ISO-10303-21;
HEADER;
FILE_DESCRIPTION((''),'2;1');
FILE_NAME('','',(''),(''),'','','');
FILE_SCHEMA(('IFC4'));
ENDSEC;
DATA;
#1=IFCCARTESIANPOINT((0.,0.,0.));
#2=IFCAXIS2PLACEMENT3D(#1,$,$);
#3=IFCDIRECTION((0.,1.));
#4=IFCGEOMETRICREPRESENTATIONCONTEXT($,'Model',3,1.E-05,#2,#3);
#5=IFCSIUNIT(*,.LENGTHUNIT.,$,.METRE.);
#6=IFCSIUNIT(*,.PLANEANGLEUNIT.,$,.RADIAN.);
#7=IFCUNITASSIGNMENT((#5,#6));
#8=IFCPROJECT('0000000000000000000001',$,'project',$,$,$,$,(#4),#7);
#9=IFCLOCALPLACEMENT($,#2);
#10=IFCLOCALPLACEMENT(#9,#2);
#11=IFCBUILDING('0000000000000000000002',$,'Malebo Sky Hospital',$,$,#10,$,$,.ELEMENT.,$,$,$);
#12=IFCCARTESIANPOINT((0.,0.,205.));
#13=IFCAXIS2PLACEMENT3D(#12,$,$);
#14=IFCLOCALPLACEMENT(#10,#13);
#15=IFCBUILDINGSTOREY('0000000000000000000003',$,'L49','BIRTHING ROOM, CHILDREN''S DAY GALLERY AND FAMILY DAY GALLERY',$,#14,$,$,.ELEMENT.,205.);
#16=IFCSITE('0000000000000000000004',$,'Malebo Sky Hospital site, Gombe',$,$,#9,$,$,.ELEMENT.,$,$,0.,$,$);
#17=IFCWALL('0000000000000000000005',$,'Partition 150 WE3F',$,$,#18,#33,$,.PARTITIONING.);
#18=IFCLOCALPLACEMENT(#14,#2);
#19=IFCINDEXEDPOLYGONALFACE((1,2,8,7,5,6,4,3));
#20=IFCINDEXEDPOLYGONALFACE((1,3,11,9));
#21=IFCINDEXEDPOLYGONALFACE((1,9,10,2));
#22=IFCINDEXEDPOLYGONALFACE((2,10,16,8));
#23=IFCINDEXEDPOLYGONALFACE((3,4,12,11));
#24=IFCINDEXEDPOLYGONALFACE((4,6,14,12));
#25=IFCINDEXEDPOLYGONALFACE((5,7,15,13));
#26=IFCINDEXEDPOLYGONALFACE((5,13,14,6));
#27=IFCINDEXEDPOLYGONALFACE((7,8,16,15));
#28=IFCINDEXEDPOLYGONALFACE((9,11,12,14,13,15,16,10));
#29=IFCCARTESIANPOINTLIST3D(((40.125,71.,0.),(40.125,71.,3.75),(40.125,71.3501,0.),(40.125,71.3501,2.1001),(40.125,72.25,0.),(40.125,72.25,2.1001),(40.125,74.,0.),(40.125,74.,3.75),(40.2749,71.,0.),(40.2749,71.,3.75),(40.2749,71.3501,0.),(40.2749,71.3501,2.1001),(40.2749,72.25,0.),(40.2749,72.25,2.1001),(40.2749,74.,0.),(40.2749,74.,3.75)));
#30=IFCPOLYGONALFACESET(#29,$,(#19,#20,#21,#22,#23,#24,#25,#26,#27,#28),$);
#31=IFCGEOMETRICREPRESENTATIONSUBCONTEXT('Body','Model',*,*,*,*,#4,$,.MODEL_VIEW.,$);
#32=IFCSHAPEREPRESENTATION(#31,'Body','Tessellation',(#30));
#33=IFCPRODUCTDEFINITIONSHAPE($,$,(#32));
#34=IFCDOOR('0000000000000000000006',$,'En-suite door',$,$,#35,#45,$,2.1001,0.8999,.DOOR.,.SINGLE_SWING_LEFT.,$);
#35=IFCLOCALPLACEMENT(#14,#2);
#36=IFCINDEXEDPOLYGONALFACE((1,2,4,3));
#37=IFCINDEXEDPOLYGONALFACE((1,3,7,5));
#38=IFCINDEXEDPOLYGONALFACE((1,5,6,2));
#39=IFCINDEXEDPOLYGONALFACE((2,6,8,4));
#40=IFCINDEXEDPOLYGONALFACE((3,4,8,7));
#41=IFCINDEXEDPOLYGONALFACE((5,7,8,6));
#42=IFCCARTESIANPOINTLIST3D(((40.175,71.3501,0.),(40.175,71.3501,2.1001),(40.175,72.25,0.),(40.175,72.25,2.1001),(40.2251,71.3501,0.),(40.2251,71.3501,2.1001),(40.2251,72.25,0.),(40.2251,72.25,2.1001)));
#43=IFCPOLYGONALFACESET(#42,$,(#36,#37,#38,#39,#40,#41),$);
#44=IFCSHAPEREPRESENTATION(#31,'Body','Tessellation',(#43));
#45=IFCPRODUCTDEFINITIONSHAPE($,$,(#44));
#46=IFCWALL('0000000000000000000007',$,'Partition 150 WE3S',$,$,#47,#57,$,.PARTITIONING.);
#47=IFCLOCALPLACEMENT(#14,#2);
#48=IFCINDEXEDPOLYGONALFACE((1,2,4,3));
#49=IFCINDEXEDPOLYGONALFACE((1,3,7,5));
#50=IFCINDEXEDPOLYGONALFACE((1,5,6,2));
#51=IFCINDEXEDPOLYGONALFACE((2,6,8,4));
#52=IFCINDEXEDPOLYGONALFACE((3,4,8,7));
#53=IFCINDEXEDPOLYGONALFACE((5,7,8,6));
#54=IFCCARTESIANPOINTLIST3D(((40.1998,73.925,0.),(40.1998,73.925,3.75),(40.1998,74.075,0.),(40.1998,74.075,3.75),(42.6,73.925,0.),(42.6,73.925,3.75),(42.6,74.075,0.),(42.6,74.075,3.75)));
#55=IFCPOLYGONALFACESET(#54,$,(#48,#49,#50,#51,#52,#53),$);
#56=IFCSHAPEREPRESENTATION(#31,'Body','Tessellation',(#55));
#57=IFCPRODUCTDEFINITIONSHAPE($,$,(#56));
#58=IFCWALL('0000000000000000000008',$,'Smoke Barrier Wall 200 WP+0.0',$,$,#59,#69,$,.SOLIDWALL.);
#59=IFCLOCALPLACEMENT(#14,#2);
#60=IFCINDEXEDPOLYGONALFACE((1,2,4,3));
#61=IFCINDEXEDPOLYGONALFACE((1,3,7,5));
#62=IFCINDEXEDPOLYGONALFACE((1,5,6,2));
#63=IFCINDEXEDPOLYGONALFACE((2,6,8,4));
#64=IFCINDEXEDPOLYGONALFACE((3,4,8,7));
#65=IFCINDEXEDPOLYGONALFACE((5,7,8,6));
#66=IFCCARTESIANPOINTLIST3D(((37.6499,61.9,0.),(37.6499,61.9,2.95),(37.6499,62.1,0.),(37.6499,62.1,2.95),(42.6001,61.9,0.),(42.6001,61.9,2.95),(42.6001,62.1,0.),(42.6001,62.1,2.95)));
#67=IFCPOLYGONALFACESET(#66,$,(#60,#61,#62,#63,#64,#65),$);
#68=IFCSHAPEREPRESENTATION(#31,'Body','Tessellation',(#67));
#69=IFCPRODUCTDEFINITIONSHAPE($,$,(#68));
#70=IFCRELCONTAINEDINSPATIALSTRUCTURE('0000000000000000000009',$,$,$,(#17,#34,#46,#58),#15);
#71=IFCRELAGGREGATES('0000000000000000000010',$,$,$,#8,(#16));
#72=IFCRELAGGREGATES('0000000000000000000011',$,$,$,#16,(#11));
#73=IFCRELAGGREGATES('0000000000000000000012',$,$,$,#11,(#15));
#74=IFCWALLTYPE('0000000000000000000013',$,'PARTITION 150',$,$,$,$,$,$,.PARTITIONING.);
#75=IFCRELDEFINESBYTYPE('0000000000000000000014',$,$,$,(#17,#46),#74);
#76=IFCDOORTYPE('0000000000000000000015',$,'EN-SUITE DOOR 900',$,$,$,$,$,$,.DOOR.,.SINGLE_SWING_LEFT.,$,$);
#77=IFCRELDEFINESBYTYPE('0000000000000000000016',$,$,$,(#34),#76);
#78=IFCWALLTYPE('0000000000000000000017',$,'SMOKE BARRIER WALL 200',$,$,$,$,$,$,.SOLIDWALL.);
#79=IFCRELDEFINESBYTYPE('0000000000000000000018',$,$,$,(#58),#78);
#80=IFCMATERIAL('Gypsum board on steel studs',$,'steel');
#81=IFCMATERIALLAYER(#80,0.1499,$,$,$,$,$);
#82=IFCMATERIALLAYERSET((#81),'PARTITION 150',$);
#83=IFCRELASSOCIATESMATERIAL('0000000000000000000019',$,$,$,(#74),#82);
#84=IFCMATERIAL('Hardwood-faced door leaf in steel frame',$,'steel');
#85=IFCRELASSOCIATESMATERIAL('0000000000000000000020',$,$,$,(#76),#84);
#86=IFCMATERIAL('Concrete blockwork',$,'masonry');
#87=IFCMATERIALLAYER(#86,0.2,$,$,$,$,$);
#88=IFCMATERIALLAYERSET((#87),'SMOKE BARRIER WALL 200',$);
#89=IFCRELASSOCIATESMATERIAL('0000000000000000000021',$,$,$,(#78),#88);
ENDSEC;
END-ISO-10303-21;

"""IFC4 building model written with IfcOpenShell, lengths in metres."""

from ifc_helpers import new_model, si_unit, direction, frame, frame_2d, origin, place, context, subcontext, project, spatial, rectangle, extrude, material, layer, layer_set, type_object, element, fill, save


model = new_model("IFC4")

# Units and contexts
model_context = context("Model", 3, precision=1e-05, world=origin(), true_north=direction((0.0, 1.0)))
body_context = subcontext(model_context, "Body", "Model", "MODEL_VIEW")
ifc_project = project(units=[si_unit("LENGTHUNIT", "METRE"), si_unit("PLANEANGLEUNIT", "RADIAN")], contexts=[model_context])

# Site, building, storey
site_placement = place(None, origin())
site = spatial("IfcSite", under=ifc_project, at=site_placement, Name="Malebo Sky Hospital site, Gombe", CompositionType="ELEMENT", RefElevation=0.0)
building_placement = place(site_placement, origin())
building = spatial("IfcBuilding", under=site, at=building_placement, Name="Malebo Sky Hospital", CompositionType="ELEMENT")
storey_placement = place(building_placement, frame((0.0, 0.0, 205.0)))
storey = spatial("IfcBuildingStorey", under=building, at=storey_placement, Name="L49", Description="BIRTHING ROOM, CHILDREN'S DAY GALLERY AND FAMILY DAY GALLERY", CompositionType="ELEMENT", Elevation=205.0)

# Shared definitions
ifc_material_1 = material(Name="Gypsum board on steel studs", Category="steel")
ifc_layer_1 = layer(ifc_material_1, 0.1499)
ifc_layer_set_1 = layer_set([ifc_layer_1], Name="PARTITION 150")
wall_type_1 = type_object("IfcWallType", Name="PARTITION 150", PredefinedType="PARTITIONING", material=ifc_layer_set_1)

# Shared definitions
ifc_material_2 = material(Name="Hardwood-faced door leaf in steel frame", Category="steel")
door_type = type_object("IfcDoorType", Name="EN-SUITE DOOR 900", OperationType="SINGLE_SWING_LEFT", PredefinedType="DOOR", material=ifc_material_2)

# Wall, opening, door
wall_1_placement = place(storey_placement, frame((40.2, 71.0, 0.0), z_axis=(0.0, 0.0, 1.0), x_axis=(0.0, 1.0, 0.0)))
wall_1 = element("IfcWall", 1, at=wall_1_placement, inside=storey, type_object=wall_type_1, Name="Partition 150 WE3F", PredefinedType="PARTITIONING", context=body_context, shape_type="SweptSolid", body=[
    extrude(rectangle(XDim=3.0, YDim=0.1499, at=frame_2d((1.5, 0.0))), origin(), (0.0, 0.0, 1.0), 3.75),
])
opening_1_placement = place(wall_1_placement, frame((0.3501, 0.0, 0.0)))
opening_1 = element("IfcOpeningElement", 2, at=opening_1_placement, cuts=wall_1, PredefinedType="OPENING", context=body_context, shape_type="SweptSolid", body=[
    extrude(rectangle(XDim=0.8999, YDim=2.1001, at=frame_2d((0.45, 1.05))), frame((0.0, 0.085, 0.0), z_axis=(0.0, -1.0, 0.0), x_axis=(1.0, 0.0, 0.0)), (0.0, 0.0, 1.0), 0.1699),
])
door_1_placement = place(opening_1_placement, origin())
door_1 = element("IfcDoor", 3, at=door_1_placement, inside=storey, type_object=door_type, Name="En-suite door", OperationType="SINGLE_SWING_LEFT", OverallHeight=2.1001, OverallWidth=0.8999, PredefinedType="DOOR", context=body_context, shape_type="SweptSolid", body=[
    extrude(rectangle(XDim=0.8999, YDim=2.1001, at=frame_2d((0.45, 1.05))), frame((0.0, 0.0249, 0.0), z_axis=(0.0, -1.0, 0.0), x_axis=(1.0, 0.0, 0.0)), (0.0, 0.0, 1.0), 0.05),
])
fill(opening_1, door_1)

# Walls
wall_2_placement = place(storey_placement, frame((42.6001, 74.0, 0.0), z_axis=(0.0, 0.0, 1.0), x_axis=(-1.0, 0.0, 0.0)))
element("IfcWall", 4, at=wall_2_placement, inside=storey, type_object=wall_type_1, Name="Partition 150 WE3S", PredefinedType="PARTITIONING", context=body_context, shape_type="SweptSolid", body=[
    extrude(rectangle(XDim=2.4001, YDim=0.1499, at=frame_2d((1.2002, 0.0))), origin(), (0.0, 0.0, 1.0), 3.75),
])
ifc_material_3 = material(Name="Concrete blockwork", Category="masonry")
ifc_layer_2 = layer(ifc_material_3, 0.2)
ifc_layer_set_2 = layer_set([ifc_layer_2], Name="SMOKE BARRIER WALL 200")
wall_type_2 = type_object("IfcWallType", Name="SMOKE BARRIER WALL 200", PredefinedType="SOLIDWALL", material=ifc_layer_set_2)
wall_3_placement = place(storey_placement, frame((42.6001, 62.0, 0.0), z_axis=(0.0, 0.0, 1.0), x_axis=(-1.0, 0.0, 0.0)))
element("IfcWall", 5, at=wall_3_placement, inside=storey, type_object=wall_type_2, Name="Smoke Barrier Wall 200 WP+0.0", PredefinedType="SOLIDWALL", context=body_context, shape_type="SweptSolid", body=[
    extrude(rectangle(XDim=4.9502, YDim=0.2, at=frame_2d((2.4751, 0.0))), origin(), (0.0, 0.0, 1.0), 2.95),
])

save(model, "model.ifc")
